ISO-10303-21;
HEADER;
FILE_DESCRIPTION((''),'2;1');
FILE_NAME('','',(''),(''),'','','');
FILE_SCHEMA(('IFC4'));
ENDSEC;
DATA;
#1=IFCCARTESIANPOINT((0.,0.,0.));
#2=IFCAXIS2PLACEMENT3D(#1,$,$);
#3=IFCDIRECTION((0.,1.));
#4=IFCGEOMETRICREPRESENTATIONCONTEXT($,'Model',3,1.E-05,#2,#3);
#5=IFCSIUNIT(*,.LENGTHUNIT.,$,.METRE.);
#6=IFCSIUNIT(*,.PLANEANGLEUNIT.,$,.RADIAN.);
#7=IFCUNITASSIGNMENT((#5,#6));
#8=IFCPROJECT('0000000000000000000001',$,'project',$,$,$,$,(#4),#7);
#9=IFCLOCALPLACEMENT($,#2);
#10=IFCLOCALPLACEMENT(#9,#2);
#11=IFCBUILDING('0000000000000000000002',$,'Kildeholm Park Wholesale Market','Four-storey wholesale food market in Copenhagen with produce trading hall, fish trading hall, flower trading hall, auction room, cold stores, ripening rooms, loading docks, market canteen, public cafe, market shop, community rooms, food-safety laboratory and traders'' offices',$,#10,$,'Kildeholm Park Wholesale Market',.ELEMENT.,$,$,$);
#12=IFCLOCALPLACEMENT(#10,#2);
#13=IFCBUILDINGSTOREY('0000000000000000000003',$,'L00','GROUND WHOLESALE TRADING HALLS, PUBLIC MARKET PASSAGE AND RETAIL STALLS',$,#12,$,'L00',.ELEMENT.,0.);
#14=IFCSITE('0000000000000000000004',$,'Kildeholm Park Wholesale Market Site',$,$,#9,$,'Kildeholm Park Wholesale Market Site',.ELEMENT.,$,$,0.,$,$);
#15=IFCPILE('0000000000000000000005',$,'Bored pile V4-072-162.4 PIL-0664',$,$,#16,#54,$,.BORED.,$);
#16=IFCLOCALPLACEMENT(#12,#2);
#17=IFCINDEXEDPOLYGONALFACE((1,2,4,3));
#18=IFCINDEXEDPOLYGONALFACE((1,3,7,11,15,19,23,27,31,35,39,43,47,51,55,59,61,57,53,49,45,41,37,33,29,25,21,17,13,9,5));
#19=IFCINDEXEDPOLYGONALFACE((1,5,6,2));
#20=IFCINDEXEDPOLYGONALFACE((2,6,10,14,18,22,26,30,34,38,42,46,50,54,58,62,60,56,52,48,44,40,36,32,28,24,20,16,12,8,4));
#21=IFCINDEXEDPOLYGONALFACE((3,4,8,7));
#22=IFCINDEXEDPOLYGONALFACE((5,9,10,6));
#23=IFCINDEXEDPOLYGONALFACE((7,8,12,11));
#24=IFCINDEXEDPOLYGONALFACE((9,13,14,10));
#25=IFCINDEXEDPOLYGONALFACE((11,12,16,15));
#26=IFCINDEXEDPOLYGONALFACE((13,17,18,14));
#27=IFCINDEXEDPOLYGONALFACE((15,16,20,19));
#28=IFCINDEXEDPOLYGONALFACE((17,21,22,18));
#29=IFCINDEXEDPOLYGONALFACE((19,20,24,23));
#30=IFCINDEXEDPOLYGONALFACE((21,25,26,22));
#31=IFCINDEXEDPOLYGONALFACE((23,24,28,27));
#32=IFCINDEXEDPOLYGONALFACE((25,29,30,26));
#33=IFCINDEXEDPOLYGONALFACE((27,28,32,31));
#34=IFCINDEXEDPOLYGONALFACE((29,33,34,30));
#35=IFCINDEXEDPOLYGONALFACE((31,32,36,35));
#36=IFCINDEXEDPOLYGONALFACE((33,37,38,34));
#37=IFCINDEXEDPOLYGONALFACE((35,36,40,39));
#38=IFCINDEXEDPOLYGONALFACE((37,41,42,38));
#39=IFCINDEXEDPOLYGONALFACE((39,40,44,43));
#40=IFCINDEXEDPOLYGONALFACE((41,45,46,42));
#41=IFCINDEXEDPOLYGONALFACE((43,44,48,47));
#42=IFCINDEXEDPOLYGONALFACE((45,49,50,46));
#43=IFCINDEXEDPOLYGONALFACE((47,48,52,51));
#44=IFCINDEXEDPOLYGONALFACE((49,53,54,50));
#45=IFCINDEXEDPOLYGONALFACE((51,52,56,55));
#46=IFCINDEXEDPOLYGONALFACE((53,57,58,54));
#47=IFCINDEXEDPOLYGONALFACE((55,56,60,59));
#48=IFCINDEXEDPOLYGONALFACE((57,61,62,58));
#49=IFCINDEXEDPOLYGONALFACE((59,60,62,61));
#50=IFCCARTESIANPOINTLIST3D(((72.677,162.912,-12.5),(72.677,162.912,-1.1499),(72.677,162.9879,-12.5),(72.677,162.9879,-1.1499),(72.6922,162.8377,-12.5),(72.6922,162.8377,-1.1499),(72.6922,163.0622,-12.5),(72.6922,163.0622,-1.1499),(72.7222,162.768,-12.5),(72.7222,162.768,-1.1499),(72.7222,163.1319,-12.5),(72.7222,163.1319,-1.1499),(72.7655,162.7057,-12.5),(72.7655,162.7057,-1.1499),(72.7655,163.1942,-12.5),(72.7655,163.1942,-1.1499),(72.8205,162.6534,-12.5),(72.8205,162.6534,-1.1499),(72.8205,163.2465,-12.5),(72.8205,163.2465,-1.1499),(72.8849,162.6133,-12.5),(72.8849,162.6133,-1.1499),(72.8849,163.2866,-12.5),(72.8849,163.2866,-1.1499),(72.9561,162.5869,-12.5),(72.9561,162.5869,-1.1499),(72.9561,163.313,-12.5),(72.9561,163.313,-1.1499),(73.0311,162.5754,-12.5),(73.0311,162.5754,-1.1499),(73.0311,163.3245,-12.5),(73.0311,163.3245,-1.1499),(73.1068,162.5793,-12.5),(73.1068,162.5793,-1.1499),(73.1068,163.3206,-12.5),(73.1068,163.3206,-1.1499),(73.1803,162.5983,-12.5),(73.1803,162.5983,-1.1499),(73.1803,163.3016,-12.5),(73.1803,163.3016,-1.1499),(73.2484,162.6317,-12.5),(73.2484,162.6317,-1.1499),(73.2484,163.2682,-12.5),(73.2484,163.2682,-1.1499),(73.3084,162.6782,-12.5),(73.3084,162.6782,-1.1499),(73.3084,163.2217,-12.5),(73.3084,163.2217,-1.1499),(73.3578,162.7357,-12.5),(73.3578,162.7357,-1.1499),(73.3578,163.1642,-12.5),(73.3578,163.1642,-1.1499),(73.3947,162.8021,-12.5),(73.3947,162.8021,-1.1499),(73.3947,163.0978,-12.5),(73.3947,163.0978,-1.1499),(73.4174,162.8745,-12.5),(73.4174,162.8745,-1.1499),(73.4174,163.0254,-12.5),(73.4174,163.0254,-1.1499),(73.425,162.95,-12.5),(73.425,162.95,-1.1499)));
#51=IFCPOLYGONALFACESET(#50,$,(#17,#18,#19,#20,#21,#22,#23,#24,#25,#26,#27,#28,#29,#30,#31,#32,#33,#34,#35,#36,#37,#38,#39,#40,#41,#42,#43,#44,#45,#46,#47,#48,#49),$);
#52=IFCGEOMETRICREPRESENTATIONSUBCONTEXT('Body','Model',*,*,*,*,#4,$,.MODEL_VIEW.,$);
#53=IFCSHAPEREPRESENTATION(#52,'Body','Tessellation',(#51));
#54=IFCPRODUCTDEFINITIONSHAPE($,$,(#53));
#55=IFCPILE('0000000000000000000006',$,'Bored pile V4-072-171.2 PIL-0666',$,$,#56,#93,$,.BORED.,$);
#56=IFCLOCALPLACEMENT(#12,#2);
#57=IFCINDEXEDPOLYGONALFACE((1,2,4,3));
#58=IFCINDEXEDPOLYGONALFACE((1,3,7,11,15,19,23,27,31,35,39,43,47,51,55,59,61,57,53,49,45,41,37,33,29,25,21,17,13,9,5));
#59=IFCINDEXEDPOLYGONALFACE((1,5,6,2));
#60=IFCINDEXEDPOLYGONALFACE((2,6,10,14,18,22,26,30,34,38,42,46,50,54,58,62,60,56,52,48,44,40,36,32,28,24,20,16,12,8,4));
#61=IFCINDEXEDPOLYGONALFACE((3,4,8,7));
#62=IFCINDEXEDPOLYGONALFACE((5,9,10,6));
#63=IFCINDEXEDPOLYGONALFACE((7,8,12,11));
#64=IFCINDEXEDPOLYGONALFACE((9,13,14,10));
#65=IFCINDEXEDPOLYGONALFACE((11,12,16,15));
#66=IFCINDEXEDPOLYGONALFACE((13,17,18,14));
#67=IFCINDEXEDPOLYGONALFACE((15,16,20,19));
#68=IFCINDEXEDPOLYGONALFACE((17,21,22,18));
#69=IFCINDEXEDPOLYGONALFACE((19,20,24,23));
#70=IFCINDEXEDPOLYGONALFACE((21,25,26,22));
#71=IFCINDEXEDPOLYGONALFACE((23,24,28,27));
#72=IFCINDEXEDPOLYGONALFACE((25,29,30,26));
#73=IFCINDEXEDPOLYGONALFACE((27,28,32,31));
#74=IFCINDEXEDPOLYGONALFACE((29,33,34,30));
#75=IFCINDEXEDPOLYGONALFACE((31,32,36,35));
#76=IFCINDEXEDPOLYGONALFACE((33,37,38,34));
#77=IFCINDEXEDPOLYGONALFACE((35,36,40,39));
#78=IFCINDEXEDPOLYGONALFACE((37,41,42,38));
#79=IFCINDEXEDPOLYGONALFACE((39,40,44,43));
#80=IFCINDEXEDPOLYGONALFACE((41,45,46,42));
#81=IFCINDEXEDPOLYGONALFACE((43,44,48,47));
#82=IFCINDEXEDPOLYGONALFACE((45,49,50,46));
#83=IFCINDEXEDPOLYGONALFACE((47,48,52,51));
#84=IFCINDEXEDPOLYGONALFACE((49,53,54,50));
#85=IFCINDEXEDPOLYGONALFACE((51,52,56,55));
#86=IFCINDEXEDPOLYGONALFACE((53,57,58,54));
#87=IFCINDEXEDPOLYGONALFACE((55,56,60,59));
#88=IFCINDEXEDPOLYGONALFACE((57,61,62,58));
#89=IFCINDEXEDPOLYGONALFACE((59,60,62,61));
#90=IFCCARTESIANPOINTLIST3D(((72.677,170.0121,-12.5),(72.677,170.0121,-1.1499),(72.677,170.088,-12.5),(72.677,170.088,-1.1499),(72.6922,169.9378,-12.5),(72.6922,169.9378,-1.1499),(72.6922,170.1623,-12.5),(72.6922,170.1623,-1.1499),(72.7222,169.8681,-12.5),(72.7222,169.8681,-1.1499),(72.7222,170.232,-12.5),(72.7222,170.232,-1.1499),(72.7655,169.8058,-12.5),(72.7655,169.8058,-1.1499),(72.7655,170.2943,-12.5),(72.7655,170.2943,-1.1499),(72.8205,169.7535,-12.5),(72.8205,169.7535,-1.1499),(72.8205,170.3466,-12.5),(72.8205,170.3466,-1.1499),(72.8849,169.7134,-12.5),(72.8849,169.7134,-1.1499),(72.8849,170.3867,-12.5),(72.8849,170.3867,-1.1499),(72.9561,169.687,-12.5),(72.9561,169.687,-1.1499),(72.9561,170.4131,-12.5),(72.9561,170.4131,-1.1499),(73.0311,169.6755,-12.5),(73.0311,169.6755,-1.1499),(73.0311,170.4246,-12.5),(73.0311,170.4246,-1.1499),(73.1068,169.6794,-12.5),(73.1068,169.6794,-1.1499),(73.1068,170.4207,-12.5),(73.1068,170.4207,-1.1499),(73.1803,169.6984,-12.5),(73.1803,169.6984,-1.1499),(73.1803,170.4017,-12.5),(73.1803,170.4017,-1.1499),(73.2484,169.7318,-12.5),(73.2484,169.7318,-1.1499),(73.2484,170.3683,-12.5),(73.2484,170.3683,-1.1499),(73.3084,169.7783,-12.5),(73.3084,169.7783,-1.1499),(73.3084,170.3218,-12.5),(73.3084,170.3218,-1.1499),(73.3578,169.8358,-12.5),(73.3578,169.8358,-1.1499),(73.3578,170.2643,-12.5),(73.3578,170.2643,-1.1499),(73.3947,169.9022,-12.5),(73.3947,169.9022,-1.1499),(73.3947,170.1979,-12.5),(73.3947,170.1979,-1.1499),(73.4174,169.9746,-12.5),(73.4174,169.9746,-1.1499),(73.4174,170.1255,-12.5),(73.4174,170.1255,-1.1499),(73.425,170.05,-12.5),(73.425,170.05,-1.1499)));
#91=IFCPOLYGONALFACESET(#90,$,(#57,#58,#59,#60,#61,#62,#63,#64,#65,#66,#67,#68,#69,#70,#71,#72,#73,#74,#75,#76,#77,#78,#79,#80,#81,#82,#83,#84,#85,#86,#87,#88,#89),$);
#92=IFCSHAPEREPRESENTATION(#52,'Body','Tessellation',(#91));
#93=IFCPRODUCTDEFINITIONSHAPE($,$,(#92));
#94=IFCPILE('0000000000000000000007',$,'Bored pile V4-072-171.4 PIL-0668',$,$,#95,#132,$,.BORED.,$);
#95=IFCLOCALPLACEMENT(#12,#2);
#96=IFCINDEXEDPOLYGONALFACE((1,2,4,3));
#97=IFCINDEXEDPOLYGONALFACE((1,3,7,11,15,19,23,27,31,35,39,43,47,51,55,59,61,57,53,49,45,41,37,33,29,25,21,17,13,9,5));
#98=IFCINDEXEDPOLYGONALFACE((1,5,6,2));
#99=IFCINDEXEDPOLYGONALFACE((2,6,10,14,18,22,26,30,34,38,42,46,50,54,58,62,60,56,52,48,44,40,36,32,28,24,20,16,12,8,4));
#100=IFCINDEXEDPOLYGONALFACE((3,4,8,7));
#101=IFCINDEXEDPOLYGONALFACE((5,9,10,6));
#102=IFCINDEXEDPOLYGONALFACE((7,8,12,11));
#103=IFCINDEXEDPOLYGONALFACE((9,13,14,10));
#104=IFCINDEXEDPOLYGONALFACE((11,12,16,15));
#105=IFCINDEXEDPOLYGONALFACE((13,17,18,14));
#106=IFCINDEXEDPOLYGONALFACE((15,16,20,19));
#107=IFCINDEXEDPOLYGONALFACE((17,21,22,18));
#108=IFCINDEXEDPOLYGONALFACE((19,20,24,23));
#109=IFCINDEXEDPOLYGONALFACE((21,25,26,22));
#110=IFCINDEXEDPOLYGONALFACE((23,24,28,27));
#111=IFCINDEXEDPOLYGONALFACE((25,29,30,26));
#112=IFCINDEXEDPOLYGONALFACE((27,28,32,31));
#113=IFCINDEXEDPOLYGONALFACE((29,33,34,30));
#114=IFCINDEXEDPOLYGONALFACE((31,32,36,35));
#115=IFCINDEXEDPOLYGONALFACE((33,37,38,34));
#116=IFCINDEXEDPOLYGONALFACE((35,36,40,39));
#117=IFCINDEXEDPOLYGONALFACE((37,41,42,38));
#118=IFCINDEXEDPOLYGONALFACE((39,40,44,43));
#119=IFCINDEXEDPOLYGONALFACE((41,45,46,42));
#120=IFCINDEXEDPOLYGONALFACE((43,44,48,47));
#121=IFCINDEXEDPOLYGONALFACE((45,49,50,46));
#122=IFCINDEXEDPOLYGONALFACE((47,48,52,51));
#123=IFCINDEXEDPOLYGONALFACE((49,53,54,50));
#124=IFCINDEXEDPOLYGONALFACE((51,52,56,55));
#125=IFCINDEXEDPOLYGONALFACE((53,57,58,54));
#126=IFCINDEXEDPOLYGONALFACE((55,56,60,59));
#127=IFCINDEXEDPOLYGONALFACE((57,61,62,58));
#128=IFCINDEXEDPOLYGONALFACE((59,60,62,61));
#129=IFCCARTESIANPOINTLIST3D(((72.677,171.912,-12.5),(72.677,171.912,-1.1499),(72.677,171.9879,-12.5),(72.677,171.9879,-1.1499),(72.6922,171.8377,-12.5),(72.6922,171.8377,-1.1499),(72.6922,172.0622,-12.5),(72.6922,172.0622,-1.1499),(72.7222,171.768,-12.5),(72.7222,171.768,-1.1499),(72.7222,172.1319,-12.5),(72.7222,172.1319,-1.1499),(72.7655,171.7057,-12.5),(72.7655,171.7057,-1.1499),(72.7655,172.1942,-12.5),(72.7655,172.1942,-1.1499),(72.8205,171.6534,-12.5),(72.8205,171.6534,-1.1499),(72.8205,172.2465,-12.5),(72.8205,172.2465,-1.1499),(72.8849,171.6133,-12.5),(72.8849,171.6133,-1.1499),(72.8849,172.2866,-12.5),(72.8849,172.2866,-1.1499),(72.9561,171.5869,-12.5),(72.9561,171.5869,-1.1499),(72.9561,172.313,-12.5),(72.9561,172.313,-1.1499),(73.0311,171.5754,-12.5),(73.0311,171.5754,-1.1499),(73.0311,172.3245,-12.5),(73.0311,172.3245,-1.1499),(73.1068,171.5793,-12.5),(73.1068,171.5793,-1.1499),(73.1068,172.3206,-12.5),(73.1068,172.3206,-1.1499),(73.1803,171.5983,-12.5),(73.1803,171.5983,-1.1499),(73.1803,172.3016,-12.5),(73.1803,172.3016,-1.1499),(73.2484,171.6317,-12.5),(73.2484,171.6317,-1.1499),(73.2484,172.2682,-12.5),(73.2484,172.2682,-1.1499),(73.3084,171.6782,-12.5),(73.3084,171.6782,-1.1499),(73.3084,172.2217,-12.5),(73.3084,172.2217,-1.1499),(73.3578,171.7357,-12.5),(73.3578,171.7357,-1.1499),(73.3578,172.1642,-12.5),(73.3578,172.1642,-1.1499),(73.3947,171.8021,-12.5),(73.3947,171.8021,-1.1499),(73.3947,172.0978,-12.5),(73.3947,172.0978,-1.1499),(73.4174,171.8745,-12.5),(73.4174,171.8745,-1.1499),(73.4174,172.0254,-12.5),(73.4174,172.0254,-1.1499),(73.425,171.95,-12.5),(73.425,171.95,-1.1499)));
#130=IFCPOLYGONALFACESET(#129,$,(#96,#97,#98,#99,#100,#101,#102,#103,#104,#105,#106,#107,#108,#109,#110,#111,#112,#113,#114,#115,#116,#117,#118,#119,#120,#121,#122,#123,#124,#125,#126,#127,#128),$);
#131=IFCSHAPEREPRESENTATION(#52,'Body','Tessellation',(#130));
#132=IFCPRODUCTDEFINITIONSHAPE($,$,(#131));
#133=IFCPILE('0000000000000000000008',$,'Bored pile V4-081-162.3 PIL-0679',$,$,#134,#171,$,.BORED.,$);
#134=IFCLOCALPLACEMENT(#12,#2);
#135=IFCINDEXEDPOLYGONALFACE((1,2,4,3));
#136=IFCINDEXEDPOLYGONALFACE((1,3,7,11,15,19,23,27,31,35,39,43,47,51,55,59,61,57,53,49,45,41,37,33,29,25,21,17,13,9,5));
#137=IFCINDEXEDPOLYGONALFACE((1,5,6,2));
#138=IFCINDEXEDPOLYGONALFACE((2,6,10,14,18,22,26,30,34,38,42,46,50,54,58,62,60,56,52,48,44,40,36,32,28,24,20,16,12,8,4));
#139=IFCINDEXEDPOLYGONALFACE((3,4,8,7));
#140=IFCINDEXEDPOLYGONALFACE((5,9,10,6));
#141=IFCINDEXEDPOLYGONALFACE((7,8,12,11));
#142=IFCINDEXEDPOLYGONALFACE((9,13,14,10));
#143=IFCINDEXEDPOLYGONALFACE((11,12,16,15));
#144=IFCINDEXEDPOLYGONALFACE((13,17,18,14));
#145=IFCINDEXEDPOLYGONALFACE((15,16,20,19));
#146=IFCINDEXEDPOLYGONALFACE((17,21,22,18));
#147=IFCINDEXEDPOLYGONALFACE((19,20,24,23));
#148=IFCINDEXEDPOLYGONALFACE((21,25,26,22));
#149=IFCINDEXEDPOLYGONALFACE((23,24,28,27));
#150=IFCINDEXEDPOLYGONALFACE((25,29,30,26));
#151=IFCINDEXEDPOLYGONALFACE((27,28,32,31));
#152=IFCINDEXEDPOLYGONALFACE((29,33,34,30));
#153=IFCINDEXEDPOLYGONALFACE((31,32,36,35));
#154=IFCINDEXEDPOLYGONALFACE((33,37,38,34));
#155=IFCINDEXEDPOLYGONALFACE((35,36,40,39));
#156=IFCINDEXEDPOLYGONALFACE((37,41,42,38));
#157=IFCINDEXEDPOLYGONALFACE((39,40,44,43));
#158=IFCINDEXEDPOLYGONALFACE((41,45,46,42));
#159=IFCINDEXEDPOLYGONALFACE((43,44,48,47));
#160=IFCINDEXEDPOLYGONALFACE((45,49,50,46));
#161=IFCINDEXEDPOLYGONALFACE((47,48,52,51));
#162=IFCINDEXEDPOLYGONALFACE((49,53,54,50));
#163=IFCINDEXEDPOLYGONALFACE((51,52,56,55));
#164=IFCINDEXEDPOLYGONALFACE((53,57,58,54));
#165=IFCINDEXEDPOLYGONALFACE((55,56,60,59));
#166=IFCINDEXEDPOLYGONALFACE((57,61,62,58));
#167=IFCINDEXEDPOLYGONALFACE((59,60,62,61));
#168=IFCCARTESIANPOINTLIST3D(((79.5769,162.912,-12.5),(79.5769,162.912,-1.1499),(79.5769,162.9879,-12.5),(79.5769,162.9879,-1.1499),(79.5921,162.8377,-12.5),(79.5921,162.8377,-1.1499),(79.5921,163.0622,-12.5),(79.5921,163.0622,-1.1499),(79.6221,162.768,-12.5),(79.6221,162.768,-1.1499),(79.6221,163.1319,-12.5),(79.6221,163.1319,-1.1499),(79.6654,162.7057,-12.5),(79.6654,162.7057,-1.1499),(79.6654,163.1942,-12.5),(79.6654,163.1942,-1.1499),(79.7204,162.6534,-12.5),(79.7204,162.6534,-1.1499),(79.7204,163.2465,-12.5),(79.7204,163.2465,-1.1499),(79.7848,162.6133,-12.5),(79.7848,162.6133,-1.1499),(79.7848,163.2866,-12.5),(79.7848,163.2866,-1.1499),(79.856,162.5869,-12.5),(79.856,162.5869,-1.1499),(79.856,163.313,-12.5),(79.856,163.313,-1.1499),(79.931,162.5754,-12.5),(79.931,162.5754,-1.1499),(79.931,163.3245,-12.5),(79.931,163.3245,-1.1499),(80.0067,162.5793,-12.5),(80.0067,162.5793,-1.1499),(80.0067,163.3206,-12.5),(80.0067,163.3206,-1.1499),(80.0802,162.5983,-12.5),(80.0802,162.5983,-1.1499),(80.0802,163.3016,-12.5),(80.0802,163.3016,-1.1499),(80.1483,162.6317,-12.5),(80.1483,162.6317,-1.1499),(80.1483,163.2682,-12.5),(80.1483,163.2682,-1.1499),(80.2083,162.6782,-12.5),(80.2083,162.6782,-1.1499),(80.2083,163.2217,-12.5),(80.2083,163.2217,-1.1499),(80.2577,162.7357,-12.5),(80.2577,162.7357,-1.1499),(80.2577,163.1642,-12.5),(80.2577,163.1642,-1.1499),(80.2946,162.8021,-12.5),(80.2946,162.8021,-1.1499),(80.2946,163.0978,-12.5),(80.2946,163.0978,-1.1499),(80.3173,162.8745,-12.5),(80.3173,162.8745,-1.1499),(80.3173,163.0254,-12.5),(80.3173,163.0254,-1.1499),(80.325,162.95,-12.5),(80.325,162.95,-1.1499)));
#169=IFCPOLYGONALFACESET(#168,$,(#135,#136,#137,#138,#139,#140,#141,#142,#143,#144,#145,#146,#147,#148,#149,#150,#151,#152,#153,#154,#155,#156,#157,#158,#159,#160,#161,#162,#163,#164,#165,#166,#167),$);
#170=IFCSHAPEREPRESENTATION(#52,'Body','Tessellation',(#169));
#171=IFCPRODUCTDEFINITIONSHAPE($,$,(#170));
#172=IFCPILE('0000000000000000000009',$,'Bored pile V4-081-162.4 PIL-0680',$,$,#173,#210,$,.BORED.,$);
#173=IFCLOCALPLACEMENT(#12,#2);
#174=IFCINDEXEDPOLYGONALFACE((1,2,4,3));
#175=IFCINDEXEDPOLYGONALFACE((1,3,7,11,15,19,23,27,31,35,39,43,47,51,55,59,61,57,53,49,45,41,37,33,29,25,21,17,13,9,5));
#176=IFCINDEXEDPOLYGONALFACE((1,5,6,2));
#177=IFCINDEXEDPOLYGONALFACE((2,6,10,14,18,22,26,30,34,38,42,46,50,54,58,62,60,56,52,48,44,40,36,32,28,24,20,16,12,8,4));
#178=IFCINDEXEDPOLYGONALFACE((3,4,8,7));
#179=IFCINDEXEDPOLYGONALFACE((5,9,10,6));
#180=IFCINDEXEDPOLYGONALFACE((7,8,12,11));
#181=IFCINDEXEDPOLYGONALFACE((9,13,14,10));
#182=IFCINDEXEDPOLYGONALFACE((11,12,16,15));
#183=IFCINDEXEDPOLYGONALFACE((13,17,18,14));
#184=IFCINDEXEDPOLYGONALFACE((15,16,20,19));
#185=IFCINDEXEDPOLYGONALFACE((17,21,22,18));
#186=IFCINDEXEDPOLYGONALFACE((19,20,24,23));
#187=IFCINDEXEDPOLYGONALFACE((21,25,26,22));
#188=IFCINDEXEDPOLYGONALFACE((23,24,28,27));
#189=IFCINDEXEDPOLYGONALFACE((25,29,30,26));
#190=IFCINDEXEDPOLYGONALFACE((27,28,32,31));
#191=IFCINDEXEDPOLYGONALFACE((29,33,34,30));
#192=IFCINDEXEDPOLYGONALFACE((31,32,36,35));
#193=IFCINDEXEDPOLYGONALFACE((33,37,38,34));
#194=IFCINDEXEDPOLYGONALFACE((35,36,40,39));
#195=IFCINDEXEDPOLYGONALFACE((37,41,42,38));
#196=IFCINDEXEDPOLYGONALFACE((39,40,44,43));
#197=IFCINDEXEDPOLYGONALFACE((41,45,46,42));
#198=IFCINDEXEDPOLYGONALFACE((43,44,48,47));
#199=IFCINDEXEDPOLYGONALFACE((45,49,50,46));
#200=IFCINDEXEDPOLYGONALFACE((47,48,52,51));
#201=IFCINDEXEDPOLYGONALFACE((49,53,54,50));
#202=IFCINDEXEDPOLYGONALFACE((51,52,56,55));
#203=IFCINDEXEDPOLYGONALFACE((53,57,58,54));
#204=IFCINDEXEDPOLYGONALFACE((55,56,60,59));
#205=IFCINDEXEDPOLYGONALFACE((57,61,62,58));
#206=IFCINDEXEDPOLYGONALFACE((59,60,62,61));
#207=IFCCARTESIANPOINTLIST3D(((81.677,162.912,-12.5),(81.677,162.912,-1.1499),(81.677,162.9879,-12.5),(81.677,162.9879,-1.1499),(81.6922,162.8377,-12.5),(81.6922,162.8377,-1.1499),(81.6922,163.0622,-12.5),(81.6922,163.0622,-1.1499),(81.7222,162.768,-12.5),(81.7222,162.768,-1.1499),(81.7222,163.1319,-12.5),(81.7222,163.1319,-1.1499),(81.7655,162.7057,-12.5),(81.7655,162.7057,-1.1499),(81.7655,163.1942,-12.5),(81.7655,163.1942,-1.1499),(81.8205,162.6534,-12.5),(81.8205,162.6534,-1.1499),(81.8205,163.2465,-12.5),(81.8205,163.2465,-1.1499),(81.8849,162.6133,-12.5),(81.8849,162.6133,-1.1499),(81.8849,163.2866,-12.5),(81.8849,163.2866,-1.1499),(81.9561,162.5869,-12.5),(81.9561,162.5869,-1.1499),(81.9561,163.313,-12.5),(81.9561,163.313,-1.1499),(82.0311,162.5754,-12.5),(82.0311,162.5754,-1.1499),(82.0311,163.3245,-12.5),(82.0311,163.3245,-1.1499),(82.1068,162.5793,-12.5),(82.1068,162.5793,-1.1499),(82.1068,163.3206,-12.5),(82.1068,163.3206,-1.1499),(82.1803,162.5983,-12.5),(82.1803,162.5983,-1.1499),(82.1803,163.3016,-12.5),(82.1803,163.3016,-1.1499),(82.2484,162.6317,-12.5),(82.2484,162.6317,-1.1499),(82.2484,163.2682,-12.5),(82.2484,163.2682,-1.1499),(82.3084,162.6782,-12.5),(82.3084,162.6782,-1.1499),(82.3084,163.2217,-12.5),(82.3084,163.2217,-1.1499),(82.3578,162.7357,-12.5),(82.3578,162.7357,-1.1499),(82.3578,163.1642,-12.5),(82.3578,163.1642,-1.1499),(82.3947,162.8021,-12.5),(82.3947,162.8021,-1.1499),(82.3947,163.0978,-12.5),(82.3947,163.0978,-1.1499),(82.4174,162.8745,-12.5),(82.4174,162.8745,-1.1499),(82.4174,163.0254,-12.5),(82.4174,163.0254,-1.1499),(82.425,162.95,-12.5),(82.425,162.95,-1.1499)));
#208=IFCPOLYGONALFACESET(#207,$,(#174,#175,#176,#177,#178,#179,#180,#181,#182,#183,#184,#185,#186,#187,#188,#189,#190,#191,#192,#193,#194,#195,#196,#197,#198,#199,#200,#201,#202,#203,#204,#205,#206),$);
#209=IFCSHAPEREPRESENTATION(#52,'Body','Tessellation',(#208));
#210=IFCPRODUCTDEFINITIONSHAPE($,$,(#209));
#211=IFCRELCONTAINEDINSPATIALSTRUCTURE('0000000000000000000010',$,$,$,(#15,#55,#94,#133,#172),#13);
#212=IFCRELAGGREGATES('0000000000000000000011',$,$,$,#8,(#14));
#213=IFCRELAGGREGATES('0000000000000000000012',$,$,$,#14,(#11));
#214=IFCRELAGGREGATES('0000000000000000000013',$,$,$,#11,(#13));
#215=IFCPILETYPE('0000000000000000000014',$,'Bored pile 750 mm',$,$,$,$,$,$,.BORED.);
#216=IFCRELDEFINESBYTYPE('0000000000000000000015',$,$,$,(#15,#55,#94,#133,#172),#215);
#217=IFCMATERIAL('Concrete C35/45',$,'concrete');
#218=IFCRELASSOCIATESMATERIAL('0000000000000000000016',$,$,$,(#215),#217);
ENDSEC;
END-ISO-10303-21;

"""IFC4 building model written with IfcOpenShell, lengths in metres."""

from ifc_helpers import new_model, si_unit, direction, frame, origin, origin_2d, place, context, subcontext, project, spatial, circle, extrude, material, material_profile, profile_set, type_object, element, save


model = new_model("IFC4")

# Units and contexts
model_context = context("Model", 3, precision=1e-05, world=origin(), true_north=direction((0.0, 1.0)))
body_context = subcontext(model_context, "Body", "Model", "MODEL_VIEW")
ifc_project = project(units=[si_unit("LENGTHUNIT", "METRE"), si_unit("PLANEANGLEUNIT", "RADIAN")], contexts=[model_context])

# Site, building, storey
site_placement = place(None, origin())
site = spatial("IfcSite", under=ifc_project, at=site_placement, Name="Kildeholm Park Wholesale Market Site", LongName="Kildeholm Park Wholesale Market Site", CompositionType="ELEMENT", RefElevation=0.0)
building_placement = place(site_placement, origin())
building = spatial("IfcBuilding", under=site, at=building_placement, Name="Kildeholm Park Wholesale Market", Description="Four-storey wholesale food market in Copenhagen with produce trading hall, fish trading hall, flower trading hall, auction room, cold stores, ripening rooms, loading docks, market canteen, public cafe, market shop, community rooms, food-safety laboratory and traders' offices", LongName="Kildeholm Park Wholesale Market", CompositionType="ELEMENT")
storey_placement = place(building_placement, origin())
storey = spatial("IfcBuildingStorey", under=building, at=storey_placement, Name="L00", Description="GROUND WHOLESALE TRADING HALLS, PUBLIC MARKET PASSAGE AND RETAIL STALLS", LongName="L00", CompositionType="ELEMENT", Elevation=0.0)

# Piles
ifc_material_1 = material(Name="Concrete C35/45", Category="concrete")
ifc_material_profile_1 = material_profile(ifc_material_1, circle(Radius=0.375, at=origin_2d()), Name="PILE D750")
ifc_profile_set_1 = profile_set([ifc_material_profile_1], Name="Concrete C35/45")
pile_type = type_object("IfcPileType", Name="Bored pile 750 mm", PredefinedType="BORED", material=ifc_profile_set_1)
for number, where, z_axis, x_axis, name in (
    (1, (73.05, 162.95, -1.1499), (0.0, 0.0, -1.0), (1.0, 0.0, 0.0), "Bored pile V4-072-162.4 PIL-0664"),
    (2, (73.05, 170.05, -1.1499), (0.0, 0.0, -1.0), (1.0, 0.0, 0.0), "Bored pile V4-072-171.2 PIL-0666"),
    (3, (73.05, 171.95, -1.1499), (0.0, 0.0, -1.0), (1.0, 0.0, 0.0), "Bored pile V4-072-171.4 PIL-0668"),
    (4, (79.95, 162.95, -1.1499), (0.0, 0.0, -1.0), (1.0, 0.0, 0.0), "Bored pile V4-081-162.3 PIL-0679"),
    (5, (82.05, 162.95, -1.1499), (0.0, 0.0, -1.0), (1.0, 0.0, 0.0), "Bored pile V4-081-162.4 PIL-0680"),
):
    element("IfcPile", number, at=place(storey_placement, frame(where, z_axis=z_axis, x_axis=x_axis)), inside=storey, type_object=pile_type, Name=name, PredefinedType="BORED", context=body_context, shape_type="SweptSolid", body=[
        extrude(circle(Radius=0.375, at=origin_2d()), origin(), (0.0, 0.0, 1.0), 11.3501),
    ])

save(model, "model.ifc")
